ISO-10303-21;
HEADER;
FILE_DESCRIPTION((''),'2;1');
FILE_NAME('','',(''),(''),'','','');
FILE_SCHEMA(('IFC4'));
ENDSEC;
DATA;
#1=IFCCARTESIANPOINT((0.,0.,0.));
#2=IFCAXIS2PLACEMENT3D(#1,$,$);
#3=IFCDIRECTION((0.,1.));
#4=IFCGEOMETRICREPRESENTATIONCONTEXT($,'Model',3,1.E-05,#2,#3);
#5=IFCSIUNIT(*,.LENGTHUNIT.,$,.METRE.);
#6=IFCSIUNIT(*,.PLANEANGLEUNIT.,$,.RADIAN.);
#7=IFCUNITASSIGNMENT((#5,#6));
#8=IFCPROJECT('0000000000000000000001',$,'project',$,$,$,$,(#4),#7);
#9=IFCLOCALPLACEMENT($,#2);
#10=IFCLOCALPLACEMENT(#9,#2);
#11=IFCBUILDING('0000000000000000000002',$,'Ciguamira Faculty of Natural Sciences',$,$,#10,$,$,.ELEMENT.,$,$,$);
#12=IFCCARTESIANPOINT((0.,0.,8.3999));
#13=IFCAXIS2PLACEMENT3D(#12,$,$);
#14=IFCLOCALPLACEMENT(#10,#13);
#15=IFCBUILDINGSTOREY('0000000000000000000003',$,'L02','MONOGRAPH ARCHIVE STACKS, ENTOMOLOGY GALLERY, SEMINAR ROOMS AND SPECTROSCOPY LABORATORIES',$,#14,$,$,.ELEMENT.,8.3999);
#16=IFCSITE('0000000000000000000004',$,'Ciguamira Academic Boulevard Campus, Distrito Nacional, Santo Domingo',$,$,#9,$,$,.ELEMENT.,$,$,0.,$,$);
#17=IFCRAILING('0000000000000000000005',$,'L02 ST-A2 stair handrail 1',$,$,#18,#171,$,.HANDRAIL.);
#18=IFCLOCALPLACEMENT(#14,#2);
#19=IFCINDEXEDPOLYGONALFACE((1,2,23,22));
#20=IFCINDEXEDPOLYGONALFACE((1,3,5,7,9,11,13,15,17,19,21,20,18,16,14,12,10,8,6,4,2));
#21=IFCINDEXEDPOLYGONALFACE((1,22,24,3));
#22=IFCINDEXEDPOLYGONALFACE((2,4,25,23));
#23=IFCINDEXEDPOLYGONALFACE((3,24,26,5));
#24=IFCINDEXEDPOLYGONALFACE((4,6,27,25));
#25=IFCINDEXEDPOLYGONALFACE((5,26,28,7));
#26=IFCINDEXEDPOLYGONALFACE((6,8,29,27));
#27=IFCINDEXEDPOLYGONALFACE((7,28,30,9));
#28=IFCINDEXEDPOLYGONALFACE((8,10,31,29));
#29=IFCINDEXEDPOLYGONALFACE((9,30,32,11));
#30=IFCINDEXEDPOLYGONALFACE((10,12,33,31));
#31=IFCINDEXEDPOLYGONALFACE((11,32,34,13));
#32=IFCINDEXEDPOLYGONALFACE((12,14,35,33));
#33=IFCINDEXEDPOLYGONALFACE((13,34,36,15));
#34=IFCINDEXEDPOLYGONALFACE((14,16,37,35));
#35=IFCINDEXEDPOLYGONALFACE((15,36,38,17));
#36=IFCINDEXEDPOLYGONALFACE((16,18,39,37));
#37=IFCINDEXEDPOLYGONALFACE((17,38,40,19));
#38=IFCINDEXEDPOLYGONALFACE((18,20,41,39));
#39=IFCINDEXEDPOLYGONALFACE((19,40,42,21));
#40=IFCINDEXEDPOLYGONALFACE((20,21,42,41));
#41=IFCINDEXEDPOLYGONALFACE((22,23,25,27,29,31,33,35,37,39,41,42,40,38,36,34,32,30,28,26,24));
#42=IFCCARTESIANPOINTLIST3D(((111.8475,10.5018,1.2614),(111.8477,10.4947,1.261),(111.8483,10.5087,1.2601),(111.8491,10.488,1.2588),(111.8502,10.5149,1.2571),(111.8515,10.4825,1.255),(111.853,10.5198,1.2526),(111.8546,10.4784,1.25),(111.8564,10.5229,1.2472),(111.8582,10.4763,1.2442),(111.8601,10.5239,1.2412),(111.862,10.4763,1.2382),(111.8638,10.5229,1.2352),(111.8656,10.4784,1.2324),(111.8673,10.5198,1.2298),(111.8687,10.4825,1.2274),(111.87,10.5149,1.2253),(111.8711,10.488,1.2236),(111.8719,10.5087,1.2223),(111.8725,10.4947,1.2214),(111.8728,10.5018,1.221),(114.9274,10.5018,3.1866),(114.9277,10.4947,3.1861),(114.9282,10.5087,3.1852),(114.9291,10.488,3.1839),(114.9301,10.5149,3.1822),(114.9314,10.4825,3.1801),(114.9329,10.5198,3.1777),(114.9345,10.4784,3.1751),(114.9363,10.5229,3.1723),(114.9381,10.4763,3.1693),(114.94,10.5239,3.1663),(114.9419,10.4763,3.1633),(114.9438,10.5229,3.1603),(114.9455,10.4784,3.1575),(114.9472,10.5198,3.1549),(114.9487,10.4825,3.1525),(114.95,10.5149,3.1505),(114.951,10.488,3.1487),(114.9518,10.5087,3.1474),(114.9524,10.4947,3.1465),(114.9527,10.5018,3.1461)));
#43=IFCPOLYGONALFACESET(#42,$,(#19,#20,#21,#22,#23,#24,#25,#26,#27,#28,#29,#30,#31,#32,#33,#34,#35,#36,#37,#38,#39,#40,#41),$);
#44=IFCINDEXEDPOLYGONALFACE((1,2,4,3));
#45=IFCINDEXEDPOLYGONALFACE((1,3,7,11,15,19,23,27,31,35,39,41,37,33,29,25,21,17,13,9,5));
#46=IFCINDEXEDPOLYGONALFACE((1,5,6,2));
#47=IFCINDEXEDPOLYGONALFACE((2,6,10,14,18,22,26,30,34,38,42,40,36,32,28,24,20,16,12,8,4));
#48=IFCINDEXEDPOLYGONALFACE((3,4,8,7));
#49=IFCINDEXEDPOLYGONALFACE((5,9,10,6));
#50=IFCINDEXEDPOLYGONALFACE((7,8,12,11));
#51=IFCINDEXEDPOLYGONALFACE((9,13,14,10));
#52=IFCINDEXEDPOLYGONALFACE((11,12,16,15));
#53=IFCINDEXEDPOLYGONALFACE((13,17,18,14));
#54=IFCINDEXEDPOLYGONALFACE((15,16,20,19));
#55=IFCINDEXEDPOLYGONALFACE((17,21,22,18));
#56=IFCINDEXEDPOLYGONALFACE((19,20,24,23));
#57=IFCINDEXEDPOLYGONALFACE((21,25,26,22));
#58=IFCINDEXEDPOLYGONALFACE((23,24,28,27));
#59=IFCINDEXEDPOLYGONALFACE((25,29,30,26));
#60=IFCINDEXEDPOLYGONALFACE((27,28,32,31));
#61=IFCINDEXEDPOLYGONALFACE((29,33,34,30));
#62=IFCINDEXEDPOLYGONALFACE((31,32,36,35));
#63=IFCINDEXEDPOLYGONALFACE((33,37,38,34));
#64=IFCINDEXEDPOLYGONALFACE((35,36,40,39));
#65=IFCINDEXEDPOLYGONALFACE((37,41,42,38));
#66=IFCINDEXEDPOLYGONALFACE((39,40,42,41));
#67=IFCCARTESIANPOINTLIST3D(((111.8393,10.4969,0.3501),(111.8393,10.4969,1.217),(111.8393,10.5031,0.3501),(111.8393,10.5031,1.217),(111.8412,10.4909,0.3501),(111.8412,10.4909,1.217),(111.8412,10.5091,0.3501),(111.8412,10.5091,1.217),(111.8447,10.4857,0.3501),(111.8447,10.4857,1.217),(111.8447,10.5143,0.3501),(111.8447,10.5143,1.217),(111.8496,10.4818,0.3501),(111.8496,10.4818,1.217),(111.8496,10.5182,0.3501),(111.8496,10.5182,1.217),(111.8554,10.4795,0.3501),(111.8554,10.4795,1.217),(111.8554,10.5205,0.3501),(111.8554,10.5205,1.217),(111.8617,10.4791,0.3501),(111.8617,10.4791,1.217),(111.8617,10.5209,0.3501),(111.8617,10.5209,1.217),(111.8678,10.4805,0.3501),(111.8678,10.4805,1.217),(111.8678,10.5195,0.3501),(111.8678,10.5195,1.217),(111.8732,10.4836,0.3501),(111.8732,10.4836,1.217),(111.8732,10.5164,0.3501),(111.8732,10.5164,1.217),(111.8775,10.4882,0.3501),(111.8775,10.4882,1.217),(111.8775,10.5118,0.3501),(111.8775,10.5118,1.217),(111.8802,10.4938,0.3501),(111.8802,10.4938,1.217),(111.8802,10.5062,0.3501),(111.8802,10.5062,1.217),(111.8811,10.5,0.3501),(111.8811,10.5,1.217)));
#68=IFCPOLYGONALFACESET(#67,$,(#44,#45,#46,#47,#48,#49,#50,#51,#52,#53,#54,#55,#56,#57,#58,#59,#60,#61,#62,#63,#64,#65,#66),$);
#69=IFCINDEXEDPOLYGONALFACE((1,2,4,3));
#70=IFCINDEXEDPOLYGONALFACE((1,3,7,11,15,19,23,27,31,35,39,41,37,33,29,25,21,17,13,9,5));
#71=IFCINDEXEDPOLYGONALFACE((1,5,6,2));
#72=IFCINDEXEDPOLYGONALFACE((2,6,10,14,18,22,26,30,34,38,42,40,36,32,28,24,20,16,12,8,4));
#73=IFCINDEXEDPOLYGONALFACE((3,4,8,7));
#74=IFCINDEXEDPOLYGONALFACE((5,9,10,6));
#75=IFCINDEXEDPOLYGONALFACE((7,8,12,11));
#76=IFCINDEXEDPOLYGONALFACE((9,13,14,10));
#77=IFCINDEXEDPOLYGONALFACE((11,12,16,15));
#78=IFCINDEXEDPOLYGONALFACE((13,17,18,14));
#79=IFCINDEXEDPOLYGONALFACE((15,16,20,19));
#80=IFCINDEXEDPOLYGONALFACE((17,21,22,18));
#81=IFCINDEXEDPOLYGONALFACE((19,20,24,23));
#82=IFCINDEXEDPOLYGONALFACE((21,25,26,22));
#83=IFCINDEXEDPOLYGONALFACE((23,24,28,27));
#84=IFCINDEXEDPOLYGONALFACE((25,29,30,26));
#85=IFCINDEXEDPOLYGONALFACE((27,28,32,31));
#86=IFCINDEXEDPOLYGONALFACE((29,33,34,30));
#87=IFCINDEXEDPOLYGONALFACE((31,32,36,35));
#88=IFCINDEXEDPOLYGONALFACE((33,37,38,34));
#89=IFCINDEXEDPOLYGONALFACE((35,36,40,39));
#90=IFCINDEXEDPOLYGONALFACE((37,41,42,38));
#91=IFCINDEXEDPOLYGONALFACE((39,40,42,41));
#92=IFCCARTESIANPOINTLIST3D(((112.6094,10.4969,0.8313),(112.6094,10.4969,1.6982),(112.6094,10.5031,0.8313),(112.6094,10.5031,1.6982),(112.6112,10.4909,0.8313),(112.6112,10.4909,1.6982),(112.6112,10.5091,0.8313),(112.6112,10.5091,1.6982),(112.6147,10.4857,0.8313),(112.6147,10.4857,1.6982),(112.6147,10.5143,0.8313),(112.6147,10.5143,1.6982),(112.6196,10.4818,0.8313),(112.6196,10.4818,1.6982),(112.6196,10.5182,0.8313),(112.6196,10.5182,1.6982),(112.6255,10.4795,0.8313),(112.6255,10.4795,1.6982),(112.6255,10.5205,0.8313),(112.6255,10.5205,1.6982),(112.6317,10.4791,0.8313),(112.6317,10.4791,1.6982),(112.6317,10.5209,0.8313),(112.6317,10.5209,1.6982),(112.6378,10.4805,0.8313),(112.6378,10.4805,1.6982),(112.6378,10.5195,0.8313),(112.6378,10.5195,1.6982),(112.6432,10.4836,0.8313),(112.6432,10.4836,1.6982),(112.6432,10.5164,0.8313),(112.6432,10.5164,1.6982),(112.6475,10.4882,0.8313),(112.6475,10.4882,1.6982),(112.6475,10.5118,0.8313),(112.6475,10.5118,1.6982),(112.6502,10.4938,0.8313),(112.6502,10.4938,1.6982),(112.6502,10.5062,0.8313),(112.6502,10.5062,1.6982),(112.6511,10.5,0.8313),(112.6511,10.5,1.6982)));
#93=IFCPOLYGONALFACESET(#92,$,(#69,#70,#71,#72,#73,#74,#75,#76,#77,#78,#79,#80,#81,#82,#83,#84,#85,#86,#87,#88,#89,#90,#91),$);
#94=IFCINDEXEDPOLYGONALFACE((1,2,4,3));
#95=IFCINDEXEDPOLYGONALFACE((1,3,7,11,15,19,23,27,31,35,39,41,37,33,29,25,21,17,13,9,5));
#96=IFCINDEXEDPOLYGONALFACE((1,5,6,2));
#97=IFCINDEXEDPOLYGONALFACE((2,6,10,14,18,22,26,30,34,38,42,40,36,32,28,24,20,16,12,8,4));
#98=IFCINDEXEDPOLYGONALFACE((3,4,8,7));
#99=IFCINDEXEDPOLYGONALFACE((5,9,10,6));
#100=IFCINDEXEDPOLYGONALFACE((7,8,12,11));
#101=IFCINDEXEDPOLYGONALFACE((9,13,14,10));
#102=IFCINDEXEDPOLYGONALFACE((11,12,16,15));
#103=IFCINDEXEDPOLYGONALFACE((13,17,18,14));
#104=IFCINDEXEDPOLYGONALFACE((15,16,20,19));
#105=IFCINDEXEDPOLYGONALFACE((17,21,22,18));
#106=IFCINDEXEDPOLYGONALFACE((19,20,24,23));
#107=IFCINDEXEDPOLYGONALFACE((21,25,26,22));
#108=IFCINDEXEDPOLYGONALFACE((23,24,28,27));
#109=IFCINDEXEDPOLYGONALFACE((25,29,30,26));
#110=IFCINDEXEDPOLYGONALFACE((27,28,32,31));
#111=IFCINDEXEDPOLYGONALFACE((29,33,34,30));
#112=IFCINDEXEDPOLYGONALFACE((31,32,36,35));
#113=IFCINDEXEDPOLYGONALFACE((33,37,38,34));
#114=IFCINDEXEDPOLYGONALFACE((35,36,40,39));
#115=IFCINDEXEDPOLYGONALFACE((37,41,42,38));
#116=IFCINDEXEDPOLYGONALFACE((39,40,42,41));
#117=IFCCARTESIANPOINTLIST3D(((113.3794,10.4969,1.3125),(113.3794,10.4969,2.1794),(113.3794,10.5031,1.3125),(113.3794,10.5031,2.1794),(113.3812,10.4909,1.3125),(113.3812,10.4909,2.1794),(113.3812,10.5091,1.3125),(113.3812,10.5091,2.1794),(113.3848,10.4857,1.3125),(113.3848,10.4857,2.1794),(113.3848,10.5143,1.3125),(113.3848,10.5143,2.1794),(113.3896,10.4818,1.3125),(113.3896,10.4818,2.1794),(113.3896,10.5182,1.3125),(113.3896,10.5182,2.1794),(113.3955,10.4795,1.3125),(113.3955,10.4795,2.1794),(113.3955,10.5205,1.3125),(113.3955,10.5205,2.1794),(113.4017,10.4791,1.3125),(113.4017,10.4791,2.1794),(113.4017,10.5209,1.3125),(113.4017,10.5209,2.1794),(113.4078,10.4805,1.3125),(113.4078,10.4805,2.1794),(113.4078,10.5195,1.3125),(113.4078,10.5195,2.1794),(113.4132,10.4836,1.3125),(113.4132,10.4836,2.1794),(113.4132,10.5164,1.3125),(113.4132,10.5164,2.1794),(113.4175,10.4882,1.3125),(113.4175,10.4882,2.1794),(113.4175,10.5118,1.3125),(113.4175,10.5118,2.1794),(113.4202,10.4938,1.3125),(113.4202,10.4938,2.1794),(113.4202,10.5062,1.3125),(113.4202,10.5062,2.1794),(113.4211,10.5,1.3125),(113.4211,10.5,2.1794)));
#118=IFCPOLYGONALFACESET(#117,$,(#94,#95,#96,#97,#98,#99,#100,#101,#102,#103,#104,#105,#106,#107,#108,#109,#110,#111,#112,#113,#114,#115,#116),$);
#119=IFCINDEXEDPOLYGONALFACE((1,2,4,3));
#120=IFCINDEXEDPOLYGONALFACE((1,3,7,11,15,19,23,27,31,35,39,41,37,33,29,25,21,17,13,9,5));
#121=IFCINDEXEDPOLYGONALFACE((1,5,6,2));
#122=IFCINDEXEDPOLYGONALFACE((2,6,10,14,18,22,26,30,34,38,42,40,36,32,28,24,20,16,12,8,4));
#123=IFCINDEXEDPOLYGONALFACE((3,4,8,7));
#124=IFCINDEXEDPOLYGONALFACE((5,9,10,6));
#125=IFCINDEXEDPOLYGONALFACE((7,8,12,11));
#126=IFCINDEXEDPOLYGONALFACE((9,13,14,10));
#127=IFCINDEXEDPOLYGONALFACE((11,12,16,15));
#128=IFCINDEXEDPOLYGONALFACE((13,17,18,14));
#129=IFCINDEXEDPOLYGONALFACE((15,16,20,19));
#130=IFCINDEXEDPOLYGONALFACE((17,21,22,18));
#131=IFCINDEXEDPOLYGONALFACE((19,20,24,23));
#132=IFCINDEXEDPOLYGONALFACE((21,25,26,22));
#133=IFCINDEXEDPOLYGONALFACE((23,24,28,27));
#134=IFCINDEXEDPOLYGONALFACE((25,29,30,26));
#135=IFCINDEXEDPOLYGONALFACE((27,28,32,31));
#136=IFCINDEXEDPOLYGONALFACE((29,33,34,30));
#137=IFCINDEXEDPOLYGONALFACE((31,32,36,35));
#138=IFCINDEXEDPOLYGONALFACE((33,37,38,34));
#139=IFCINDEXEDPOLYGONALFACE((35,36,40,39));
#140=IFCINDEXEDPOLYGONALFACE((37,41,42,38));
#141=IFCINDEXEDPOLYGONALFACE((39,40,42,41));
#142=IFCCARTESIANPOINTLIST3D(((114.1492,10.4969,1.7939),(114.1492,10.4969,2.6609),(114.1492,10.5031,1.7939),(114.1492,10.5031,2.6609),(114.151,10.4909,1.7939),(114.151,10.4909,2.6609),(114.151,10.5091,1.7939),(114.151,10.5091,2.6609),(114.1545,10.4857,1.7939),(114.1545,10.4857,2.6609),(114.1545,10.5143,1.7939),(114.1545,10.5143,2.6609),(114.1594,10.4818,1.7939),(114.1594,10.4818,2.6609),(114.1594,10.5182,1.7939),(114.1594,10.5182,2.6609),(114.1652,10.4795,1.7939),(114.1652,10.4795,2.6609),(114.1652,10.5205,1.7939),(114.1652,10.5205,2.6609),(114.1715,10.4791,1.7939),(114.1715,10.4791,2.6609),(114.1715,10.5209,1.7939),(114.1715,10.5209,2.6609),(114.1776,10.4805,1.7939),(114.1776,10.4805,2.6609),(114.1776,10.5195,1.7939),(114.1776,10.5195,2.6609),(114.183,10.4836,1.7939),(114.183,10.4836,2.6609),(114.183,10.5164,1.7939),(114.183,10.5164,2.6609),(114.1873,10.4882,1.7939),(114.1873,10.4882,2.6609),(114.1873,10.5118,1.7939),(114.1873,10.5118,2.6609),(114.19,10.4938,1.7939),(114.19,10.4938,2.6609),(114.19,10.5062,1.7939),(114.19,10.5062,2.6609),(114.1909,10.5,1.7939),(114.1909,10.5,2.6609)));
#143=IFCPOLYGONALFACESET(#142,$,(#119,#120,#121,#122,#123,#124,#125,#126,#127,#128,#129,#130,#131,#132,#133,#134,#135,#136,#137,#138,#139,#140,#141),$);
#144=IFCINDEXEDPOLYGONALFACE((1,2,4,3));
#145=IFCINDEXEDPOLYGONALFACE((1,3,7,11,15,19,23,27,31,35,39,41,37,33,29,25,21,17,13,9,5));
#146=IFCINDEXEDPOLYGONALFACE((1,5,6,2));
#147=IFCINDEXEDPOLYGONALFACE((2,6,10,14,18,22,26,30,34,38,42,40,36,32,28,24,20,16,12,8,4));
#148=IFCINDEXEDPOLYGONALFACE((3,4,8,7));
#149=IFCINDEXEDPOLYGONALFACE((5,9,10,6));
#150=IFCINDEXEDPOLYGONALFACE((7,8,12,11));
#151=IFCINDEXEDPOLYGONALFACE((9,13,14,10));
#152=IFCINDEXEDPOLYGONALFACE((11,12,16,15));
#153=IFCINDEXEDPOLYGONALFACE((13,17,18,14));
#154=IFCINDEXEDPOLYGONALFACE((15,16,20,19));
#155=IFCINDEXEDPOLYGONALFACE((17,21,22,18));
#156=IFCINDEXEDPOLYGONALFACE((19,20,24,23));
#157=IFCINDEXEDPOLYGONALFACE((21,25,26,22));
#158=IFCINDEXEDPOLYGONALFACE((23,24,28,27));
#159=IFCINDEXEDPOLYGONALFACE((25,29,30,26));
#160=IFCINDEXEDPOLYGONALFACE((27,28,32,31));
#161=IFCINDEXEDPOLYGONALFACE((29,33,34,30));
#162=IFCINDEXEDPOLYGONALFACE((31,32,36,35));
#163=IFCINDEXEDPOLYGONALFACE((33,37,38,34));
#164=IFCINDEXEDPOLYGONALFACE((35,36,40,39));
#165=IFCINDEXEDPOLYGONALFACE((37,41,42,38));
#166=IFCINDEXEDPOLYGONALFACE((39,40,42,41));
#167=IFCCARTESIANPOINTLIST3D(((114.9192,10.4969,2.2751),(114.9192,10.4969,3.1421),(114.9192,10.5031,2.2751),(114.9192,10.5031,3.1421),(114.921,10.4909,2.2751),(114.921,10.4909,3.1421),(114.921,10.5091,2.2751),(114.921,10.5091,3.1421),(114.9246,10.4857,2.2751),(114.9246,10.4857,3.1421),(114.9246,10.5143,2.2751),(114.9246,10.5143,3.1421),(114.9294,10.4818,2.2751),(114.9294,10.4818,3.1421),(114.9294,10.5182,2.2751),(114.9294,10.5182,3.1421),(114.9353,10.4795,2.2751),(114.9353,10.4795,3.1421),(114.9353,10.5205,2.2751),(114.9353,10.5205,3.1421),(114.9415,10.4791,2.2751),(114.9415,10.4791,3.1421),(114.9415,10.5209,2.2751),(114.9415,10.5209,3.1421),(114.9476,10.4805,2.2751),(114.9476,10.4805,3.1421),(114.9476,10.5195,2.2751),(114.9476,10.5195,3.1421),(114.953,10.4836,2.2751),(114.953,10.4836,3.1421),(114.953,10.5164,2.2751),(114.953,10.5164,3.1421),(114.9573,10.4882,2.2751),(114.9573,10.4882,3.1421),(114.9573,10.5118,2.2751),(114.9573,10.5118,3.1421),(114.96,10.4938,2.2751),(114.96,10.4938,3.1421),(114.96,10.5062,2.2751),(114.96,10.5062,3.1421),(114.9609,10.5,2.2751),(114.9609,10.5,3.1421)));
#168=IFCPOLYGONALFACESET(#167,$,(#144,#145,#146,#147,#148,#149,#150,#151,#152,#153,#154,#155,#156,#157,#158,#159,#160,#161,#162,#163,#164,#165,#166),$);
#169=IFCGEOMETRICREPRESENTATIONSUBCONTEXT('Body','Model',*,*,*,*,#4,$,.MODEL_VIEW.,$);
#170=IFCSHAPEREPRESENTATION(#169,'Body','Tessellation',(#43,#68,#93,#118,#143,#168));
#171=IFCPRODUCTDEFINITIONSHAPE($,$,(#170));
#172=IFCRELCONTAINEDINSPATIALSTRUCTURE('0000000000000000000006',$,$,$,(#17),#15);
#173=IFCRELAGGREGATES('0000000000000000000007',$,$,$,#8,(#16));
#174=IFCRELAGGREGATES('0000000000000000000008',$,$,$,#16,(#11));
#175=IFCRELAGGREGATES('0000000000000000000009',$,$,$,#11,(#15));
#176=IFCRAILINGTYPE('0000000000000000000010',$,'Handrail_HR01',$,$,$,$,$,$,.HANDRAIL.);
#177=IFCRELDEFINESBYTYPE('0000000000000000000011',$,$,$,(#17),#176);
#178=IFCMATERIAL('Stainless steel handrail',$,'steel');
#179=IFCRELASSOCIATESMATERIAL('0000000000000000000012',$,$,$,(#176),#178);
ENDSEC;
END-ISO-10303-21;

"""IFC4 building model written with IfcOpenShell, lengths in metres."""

from ifc_helpers import new_model, si_unit, direction, frame, origin, origin_2d, place, context, subcontext, project, spatial, circle, extrude, material, type_object, element, save


model = new_model("IFC4")

# Units and contexts
model_context = context("Model", 3, precision=1e-05, world=origin(), true_north=direction((0.0, 1.0)))
body_context = subcontext(model_context, "Body", "Model", "MODEL_VIEW")
ifc_project = project(units=[si_unit("LENGTHUNIT", "METRE"), si_unit("PLANEANGLEUNIT", "RADIAN")], contexts=[model_context])

# Site, building, storey
site_placement = place(None, origin())
site = spatial("IfcSite", under=ifc_project, at=site_placement, Name="Ciguamira Academic Boulevard Campus, Distrito Nacional, Santo Domingo", CompositionType="ELEMENT", RefElevation=0.0)
building_placement = place(site_placement, origin())
building = spatial("IfcBuilding", under=site, at=building_placement, Name="Ciguamira Faculty of Natural Sciences", CompositionType="ELEMENT")
storey_placement = place(building_placement, frame((0.0, 0.0, 8.3999)))
storey = spatial("IfcBuildingStorey", under=building, at=storey_placement, Name="L02", Description="MONOGRAPH ARCHIVE STACKS, ENTOMOLOGY GALLERY, SEMINAR ROOMS AND SPECTROSCOPY LABORATORIES", CompositionType="ELEMENT", Elevation=8.3999)

# Railing
ifc_material_1 = material(Name="Stainless steel handrail", Category="steel")
railing_type = type_object("IfcRailingType", Name="Handrail_HR01", PredefinedType="HANDRAIL", material=ifc_material_1)
railing_placement = place(storey_placement, frame((111.8601, 10.5, 0.3501)))
element("IfcRailing", 1, at=railing_placement, inside=storey, type_object=railing_type, Name="L02 ST-A2 stair handrail 1", PredefinedType="HANDRAIL", context=body_context, shape_type="SweptSolid", body=[
    extrude(circle(Radius=0.0239, at=origin_2d()), frame((0.0, 0.0, 0.8911), z_axis=(0.847979, 0.0, 0.530029), x_axis=(0.0, 1.0, 0.0)), (0.0, 0.0, 1.0), 3.6321),
    extrude(circle(Radius=0.021, at=origin_2d()), origin(), (0.0, 0.0, 1.0), 0.8669),
    extrude(circle(Radius=0.021, at=origin_2d()), frame((0.77, 0.0, 0.4812)), (0.0, 0.0, 1.0), 0.8669),
    extrude(circle(Radius=0.021, at=origin_2d()), frame((1.54, 0.0, 0.9624)), (0.0, 0.0, 1.0), 0.8669),
    extrude(circle(Radius=0.021, at=origin_2d()), frame((2.3098, 0.0, 1.4438)), (0.0, 0.0, 1.0), 0.8669),
    extrude(circle(Radius=0.021, at=origin_2d()), frame((3.0798, 0.0, 1.925)), (0.0, 0.0, 1.0), 0.8669),
])

save(model, "model.ifc")
